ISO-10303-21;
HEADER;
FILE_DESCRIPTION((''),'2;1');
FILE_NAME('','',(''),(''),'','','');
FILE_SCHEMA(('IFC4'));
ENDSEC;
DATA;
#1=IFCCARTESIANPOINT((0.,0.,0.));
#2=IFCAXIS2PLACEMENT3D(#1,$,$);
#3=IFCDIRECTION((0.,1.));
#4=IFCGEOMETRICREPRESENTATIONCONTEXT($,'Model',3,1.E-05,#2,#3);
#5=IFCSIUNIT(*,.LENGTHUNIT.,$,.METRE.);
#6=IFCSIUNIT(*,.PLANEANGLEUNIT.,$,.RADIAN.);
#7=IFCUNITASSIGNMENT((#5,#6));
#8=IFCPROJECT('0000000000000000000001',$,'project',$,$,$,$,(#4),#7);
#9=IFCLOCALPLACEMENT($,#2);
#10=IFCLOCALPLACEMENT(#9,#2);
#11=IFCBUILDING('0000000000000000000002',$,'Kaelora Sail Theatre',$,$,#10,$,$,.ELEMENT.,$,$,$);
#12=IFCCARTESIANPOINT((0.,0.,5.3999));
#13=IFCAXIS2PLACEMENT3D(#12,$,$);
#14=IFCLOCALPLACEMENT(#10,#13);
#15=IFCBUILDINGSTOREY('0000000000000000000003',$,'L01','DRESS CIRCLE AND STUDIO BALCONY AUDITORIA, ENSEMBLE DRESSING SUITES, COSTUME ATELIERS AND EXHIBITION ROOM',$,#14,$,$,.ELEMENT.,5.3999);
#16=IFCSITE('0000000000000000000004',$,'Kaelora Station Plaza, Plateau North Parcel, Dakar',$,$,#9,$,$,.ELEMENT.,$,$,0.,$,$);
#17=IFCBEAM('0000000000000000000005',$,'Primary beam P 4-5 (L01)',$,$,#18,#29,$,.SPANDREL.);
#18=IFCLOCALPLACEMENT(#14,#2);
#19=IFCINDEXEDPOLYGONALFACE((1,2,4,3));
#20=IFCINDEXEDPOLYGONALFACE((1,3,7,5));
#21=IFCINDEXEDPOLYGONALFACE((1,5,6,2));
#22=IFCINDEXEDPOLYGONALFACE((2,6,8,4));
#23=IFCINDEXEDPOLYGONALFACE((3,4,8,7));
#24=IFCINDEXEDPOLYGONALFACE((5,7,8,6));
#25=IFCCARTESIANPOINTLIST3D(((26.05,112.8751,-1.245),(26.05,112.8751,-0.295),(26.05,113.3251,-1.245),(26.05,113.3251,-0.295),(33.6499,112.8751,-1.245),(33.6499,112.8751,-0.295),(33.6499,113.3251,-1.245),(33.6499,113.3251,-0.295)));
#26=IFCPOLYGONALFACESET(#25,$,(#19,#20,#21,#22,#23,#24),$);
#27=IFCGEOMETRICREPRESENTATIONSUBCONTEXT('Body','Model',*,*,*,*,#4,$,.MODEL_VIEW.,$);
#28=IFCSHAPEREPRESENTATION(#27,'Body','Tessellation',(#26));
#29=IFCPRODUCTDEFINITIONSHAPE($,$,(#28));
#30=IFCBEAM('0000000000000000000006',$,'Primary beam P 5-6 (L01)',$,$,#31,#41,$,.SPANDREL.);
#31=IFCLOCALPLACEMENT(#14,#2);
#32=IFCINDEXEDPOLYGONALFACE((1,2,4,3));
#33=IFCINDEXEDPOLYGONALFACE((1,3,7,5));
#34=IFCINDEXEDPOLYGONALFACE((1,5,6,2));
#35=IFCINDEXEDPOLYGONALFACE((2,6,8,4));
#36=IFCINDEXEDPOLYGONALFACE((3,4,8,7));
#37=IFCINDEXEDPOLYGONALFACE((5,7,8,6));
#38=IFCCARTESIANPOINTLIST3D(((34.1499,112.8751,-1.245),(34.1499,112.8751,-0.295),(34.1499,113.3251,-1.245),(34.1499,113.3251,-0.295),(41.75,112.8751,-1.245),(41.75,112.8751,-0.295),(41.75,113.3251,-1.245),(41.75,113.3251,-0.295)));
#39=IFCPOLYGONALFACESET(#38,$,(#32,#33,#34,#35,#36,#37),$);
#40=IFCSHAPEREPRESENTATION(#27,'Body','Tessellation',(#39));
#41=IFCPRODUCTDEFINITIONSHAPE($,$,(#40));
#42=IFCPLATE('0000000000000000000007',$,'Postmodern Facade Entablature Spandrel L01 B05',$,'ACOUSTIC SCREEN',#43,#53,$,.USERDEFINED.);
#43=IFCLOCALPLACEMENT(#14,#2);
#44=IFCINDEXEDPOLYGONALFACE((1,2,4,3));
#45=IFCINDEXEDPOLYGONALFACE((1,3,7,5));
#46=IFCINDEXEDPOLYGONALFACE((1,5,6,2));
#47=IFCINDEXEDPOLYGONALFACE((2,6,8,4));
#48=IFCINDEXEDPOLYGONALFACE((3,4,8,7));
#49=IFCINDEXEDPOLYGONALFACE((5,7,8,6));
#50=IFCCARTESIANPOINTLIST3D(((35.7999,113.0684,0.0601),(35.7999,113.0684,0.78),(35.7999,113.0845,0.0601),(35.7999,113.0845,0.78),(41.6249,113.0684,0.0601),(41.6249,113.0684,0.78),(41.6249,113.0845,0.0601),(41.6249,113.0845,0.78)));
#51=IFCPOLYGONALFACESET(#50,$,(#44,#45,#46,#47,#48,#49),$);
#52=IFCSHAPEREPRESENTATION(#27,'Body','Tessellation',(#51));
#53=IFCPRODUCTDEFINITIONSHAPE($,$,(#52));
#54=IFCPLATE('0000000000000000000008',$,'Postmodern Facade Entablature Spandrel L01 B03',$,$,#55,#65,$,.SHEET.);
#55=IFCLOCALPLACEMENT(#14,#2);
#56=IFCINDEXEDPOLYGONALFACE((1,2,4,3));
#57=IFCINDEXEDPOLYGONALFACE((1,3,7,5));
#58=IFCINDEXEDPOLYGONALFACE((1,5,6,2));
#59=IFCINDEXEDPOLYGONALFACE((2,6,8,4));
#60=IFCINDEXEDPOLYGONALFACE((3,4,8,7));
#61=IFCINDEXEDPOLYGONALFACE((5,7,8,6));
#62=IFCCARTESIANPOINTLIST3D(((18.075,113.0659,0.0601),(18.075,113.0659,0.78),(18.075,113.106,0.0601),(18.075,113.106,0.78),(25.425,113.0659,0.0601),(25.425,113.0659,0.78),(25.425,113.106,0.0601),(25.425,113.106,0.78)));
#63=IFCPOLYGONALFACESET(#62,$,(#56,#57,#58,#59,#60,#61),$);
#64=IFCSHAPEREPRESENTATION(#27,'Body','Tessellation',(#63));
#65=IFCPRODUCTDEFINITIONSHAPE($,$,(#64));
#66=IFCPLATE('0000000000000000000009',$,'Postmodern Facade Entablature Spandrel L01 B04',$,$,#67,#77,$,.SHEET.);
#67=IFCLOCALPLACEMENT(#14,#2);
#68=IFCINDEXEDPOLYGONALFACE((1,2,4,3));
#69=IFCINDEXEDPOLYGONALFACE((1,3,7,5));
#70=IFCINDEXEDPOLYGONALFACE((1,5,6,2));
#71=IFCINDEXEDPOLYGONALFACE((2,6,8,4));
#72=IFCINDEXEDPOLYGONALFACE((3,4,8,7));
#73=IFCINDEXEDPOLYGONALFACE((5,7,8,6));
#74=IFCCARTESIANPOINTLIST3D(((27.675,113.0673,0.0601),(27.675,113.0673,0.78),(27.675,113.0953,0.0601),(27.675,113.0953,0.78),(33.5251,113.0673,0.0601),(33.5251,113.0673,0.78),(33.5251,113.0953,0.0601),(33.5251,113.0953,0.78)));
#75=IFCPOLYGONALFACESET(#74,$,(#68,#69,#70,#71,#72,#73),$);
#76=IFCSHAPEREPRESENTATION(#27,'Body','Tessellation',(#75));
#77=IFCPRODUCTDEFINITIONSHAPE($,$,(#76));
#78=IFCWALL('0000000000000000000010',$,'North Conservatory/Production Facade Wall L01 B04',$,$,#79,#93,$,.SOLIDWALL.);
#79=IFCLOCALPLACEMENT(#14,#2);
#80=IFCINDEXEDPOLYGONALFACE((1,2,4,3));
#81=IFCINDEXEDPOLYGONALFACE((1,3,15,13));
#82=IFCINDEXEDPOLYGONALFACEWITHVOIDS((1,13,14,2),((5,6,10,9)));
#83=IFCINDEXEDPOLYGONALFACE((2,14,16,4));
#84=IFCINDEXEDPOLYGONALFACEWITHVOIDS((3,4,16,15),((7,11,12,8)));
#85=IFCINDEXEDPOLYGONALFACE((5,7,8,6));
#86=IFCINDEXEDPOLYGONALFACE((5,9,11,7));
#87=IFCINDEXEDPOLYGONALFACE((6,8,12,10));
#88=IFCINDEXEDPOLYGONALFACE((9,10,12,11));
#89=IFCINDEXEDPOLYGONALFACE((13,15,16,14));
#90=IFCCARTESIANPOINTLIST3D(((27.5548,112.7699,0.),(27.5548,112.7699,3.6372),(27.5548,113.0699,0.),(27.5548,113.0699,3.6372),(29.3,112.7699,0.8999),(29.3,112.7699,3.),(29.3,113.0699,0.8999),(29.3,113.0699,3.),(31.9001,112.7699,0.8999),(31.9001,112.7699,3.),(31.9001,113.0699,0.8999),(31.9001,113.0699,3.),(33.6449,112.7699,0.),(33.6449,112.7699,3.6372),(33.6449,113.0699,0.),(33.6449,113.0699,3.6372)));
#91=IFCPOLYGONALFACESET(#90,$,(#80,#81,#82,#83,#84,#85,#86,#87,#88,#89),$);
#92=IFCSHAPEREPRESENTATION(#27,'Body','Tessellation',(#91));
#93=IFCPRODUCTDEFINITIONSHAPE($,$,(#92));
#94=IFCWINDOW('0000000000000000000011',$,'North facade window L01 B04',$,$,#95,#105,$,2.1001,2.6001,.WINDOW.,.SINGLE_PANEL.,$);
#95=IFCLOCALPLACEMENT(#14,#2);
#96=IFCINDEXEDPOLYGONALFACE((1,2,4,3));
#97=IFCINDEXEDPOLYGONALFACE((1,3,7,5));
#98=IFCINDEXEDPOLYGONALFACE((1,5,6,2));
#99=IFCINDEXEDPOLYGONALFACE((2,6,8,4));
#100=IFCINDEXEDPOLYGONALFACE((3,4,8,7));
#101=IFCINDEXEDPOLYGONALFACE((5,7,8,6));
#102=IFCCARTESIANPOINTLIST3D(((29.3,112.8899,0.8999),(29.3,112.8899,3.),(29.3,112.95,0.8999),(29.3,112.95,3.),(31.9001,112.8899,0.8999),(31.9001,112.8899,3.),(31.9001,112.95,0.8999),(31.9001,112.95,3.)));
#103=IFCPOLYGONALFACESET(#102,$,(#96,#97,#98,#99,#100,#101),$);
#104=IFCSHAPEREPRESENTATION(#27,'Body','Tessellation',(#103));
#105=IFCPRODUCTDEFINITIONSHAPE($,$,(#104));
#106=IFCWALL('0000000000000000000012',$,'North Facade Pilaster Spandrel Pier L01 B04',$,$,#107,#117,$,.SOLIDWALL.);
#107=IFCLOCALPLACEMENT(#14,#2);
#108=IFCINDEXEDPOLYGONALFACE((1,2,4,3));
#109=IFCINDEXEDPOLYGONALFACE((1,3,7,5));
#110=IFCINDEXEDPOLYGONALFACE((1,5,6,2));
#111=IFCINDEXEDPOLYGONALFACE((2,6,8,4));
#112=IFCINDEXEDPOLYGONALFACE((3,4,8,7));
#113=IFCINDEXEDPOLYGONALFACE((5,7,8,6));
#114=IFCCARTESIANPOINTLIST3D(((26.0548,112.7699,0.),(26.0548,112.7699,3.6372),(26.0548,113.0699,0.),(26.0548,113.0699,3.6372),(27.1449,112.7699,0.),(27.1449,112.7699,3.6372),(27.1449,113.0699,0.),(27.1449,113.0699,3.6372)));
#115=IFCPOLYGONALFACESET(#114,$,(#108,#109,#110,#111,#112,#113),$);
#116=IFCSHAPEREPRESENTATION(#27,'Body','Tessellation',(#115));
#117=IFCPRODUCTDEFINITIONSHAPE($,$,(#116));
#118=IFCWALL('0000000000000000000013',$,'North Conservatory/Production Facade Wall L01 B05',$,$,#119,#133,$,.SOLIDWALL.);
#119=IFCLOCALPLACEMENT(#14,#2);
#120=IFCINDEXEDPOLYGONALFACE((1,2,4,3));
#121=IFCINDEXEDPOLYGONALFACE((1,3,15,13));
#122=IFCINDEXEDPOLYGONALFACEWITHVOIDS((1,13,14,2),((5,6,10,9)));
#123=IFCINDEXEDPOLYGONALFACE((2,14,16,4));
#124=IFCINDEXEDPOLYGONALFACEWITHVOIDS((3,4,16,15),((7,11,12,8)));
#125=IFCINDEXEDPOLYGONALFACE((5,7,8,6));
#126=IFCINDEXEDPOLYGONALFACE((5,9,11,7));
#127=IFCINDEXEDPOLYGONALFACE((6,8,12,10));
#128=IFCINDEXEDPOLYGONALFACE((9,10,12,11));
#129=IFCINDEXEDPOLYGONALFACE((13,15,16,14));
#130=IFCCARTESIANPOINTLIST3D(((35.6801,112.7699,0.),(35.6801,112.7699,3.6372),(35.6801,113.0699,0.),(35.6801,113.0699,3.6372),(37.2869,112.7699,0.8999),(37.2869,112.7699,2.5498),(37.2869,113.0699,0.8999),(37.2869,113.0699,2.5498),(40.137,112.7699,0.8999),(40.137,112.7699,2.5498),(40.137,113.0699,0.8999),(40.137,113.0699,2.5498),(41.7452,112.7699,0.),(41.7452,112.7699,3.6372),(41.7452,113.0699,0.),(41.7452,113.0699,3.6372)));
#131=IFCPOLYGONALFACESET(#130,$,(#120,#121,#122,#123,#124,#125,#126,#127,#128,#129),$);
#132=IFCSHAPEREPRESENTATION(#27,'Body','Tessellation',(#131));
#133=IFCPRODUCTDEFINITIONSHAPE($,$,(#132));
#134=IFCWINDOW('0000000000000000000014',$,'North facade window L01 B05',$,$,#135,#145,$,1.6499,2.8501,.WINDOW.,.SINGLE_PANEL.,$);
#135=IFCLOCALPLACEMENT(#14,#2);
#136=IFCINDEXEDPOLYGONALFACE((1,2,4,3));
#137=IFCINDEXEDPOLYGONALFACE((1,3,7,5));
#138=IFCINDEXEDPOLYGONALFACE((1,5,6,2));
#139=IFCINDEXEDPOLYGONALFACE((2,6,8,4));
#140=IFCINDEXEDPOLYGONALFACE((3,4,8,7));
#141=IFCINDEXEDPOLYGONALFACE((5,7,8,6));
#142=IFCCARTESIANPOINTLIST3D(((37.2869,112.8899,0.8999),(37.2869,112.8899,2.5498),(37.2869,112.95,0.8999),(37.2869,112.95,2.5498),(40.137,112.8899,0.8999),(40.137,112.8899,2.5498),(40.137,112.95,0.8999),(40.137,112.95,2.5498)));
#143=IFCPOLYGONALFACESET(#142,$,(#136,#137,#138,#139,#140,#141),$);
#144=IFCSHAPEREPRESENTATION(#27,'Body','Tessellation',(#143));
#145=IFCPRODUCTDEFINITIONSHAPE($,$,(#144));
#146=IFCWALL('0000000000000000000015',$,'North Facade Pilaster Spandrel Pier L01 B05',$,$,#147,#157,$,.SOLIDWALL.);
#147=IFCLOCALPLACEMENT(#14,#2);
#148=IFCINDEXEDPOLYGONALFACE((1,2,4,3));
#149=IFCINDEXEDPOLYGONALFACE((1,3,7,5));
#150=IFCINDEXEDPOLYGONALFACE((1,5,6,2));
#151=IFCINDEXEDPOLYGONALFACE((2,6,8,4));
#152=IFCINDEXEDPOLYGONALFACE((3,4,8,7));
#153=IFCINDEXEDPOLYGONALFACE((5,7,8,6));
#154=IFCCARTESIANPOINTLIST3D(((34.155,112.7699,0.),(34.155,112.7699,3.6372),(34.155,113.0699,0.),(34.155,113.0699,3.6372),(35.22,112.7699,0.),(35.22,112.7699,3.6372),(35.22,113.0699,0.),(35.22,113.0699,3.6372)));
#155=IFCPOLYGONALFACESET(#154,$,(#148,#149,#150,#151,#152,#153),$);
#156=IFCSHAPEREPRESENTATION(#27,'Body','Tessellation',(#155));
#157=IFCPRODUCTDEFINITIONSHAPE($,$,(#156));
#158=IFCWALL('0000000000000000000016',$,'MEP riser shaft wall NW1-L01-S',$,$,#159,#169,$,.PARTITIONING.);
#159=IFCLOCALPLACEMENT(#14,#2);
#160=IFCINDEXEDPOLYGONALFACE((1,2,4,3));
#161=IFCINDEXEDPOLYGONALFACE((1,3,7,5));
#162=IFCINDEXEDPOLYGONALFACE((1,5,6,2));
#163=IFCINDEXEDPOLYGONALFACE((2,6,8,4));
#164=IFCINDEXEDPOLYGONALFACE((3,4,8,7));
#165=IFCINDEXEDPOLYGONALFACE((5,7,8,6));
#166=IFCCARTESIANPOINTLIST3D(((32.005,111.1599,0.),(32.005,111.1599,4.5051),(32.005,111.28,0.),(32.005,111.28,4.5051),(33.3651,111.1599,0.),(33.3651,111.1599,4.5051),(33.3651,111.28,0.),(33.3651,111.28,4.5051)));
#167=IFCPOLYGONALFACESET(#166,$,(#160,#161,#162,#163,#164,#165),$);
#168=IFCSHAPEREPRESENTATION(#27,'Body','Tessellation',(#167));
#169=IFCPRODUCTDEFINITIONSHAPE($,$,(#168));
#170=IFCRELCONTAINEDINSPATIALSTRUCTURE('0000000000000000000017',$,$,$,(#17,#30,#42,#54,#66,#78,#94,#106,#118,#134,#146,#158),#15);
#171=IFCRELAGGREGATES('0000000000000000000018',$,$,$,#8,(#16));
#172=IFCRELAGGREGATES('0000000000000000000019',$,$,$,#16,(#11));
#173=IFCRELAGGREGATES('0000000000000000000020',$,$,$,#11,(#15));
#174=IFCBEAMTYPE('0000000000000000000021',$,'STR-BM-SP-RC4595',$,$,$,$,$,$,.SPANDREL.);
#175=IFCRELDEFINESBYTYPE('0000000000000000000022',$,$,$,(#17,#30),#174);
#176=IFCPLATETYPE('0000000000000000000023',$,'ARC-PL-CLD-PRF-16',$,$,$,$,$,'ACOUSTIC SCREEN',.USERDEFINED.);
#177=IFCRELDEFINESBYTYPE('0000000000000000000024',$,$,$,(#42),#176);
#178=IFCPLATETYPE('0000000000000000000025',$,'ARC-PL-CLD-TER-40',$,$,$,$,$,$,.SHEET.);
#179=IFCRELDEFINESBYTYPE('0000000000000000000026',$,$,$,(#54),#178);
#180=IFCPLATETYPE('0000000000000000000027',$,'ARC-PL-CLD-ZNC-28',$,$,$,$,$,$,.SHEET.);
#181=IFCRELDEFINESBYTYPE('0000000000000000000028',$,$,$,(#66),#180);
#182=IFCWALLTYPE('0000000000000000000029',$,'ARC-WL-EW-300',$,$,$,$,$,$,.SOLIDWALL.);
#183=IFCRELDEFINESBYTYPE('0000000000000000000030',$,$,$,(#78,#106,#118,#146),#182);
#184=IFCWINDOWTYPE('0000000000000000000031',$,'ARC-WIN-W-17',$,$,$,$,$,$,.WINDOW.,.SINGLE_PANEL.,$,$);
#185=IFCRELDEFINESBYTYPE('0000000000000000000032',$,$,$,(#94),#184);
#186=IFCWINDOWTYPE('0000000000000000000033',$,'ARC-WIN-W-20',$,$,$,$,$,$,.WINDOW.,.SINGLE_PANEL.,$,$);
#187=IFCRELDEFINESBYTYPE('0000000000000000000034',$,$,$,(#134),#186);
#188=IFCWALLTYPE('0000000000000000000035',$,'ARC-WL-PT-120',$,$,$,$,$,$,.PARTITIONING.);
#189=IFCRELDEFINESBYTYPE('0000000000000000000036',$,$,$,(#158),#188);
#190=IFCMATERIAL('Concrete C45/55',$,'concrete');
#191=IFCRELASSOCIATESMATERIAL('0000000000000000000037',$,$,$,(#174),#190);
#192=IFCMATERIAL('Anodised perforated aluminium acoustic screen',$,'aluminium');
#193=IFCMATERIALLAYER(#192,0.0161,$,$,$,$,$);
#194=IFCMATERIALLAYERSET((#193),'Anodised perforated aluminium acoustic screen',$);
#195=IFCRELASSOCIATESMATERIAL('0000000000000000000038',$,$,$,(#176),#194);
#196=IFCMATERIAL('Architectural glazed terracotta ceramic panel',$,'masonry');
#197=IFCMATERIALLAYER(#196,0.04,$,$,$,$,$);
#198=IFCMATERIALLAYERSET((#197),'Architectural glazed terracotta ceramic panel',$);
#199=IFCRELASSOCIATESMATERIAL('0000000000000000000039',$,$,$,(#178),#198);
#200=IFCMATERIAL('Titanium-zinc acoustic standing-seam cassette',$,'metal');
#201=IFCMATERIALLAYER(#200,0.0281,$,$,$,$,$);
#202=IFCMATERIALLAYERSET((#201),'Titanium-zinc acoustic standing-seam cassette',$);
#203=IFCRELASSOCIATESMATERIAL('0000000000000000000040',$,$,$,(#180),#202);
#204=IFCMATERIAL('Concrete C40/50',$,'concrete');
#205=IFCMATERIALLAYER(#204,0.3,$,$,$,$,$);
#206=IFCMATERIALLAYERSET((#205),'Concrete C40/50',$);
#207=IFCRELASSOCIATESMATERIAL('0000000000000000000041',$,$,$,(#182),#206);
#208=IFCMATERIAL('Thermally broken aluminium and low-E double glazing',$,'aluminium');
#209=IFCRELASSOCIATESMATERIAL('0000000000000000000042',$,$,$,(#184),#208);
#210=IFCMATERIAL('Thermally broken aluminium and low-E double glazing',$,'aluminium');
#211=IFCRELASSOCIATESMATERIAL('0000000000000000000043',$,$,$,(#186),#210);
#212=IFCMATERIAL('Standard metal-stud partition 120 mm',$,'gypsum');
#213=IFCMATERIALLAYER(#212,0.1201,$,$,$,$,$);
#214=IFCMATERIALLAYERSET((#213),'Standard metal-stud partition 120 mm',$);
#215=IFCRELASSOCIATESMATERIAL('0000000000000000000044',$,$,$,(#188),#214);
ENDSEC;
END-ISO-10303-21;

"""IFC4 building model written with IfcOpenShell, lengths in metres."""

from ifc_helpers import new_model, si_unit, direction, frame, frame_2d, origin, origin_2d, place, context, subcontext, project, spatial, rectangle, extrude, material, layer, layer_set, material_profile, profile_set, type_object, element, fill, save


model = new_model("IFC4")

# Units and contexts
model_context = context("Model", 3, precision=1e-05, world=origin(), true_north=direction((0.0, 1.0)))
body_context = subcontext(model_context, "Body", "Model", "MODEL_VIEW")
ifc_project = project(units=[si_unit("LENGTHUNIT", "METRE"), si_unit("PLANEANGLEUNIT", "RADIAN")], contexts=[model_context])

# Site, building, storey
site_placement = place(None, origin())
site = spatial("IfcSite", under=ifc_project, at=site_placement, Name="Kaelora Station Plaza, Plateau North Parcel, Dakar", CompositionType="ELEMENT", RefElevation=0.0)
building_placement = place(site_placement, origin())
building = spatial("IfcBuilding", under=site, at=building_placement, Name="Kaelora Sail Theatre", CompositionType="ELEMENT")
storey_placement = place(building_placement, frame((0.0, 0.0, 5.3999)))
storey = spatial("IfcBuildingStorey", under=building, at=storey_placement, Name="L01", Description="DRESS CIRCLE AND STUDIO BALCONY AUDITORIA, ENSEMBLE DRESSING SUITES, COSTUME ATELIERS AND EXHIBITION ROOM", CompositionType="ELEMENT", Elevation=5.3999)

# Beams
ifc_material_1 = material(Name="Concrete C45/55", Category="concrete")
ifc_material_profile_1 = material_profile(ifc_material_1, rectangle(XDim=0.45, YDim=0.95, at=origin_2d()), Name="RC-SPN 450x950")
ifc_profile_set_1 = profile_set([ifc_material_profile_1], Name="Concrete C45/55")
beam_type_1 = type_object("IfcBeamType", Name="STR-BM-SP-RC4595", PredefinedType="SPANDREL", material=ifc_profile_set_1)
beam_1_placement = place(storey_placement, frame((26.05, 113.1001, -0.77), z_axis=(1.0, 0.0, 0.0), x_axis=(0.0, 1.0, 0.0)))
element("IfcBeam", 1, at=beam_1_placement, inside=storey, type_object=beam_type_1, Name="Primary beam P 4-5 (L01)", PredefinedType="SPANDREL", context=body_context, shape_type="SweptSolid", body=[
    extrude(rectangle(XDim=0.45, YDim=0.95, at=origin_2d()), origin(), (0.0, 0.0, 1.0), 7.5999),
])
beam_2_placement = place(storey_placement, frame((34.1499, 113.1001, -0.77), z_axis=(1.0, 0.0, 0.0), x_axis=(0.0, 1.0, 0.0)))
element("IfcBeam", 2, at=beam_2_placement, inside=storey, type_object=beam_type_1, Name="Primary beam P 5-6 (L01)", PredefinedType="SPANDREL", context=body_context, shape_type="SweptSolid", body=[
    extrude(rectangle(XDim=0.45, YDim=0.95, at=origin_2d()), origin(), (0.0, 0.0, 1.0), 7.6001),
])

# Plates
ifc_material_2 = material(Name="Anodised perforated aluminium acoustic screen", Category="aluminium")
ifc_layer_1 = layer(ifc_material_2, 0.0161)
ifc_layer_set_1 = layer_set([ifc_layer_1], Name="Anodised perforated aluminium acoustic screen")
plate_type_1 = type_object("IfcPlateType", Name="ARC-PL-CLD-PRF-16", ElementType="ACOUSTIC SCREEN", PredefinedType="USERDEFINED", material=ifc_layer_set_1)
plate_1_placement = place(storey_placement, frame((38.7124, 113.0764, 0.0601), z_axis=(0.0, 0.0, 1.0), x_axis=(1.0, 0.0, 0.0)))
element("IfcPlate", 3, at=plate_1_placement, inside=storey, type_object=plate_type_1, Name="Postmodern Facade Entablature Spandrel L01 B05", ObjectType="ACOUSTIC SCREEN", PredefinedType="USERDEFINED", context=body_context, shape_type="SweptSolid", body=[
    extrude(rectangle(XDim=5.825, YDim=0.0161, at=origin_2d()), origin(), (0.0, 0.0, 1.0), 0.72),
])
ifc_material_3 = material(Name="Architectural glazed terracotta ceramic panel", Category="masonry")
ifc_layer_2 = layer(ifc_material_3, 0.04)
ifc_layer_set_2 = layer_set([ifc_layer_2], Name="Architectural glazed terracotta ceramic panel")
plate_type_2 = type_object("IfcPlateType", Name="ARC-PL-CLD-TER-40", PredefinedType="SHEET", material=ifc_layer_set_2)
plate_2_placement = place(storey_placement, frame((21.75, 113.0859, 0.0601), z_axis=(0.0, 0.0, 1.0), x_axis=(1.0, 0.0, 0.0)))
element("IfcPlate", 4, at=plate_2_placement, inside=storey, type_object=plate_type_2, Name="Postmodern Facade Entablature Spandrel L01 B03", PredefinedType="SHEET", context=body_context, shape_type="SweptSolid", body=[
    extrude(rectangle(XDim=7.3501, YDim=0.04, at=origin_2d()), origin(), (0.0, 0.0, 1.0), 0.72),
])
ifc_material_4 = material(Name="Titanium-zinc acoustic standing-seam cassette", Category="metal")
ifc_layer_3 = layer(ifc_material_4, 0.0281)
ifc_layer_set_3 = layer_set([ifc_layer_3], Name="Titanium-zinc acoustic standing-seam cassette")
plate_type_3 = type_object("IfcPlateType", Name="ARC-PL-CLD-ZNC-28", PredefinedType="SHEET", material=ifc_layer_set_3)
plate_3_placement = place(storey_placement, frame((30.6001, 113.0813, 0.0601), z_axis=(0.0, 0.0, 1.0), x_axis=(1.0, 0.0, 0.0)))
element("IfcPlate", 5, at=plate_3_placement, inside=storey, type_object=plate_type_3, Name="Postmodern Facade Entablature Spandrel L01 B04", PredefinedType="SHEET", context=body_context, shape_type="SweptSolid", body=[
    extrude(rectangle(XDim=5.8501, YDim=0.0281, at=origin_2d()), origin(), (0.0, 0.0, 1.0), 0.72),
])

# Wall, opening, window
ifc_material_5 = material(Name="Concrete C40/50", Category="concrete")
ifc_layer_4 = layer(ifc_material_5, 0.3)
ifc_layer_set_4 = layer_set([ifc_layer_4], Name="Concrete C40/50")
wall_type_1 = type_object("IfcWallType", Name="ARC-WL-EW-300", PredefinedType="SOLIDWALL", material=ifc_layer_set_4)
wall_1_placement = place(storey_placement, frame((27.5549, 112.9199, 0.0), z_axis=(0.0, 0.0, 1.0), x_axis=(1.0, 0.0, 0.0)))
wall_1 = element("IfcWall", 6, at=wall_1_placement, inside=storey, type_object=wall_type_1, Name="North Conservatory/Production Facade Wall L01 B04", PredefinedType="SOLIDWALL", context=body_context, shape_type="SweptSolid", body=[
    extrude(rectangle(XDim=6.0901, YDim=0.3, at=frame_2d((3.0449, 0.0))), origin(), (0.0, 0.0, 1.0), 3.6372),
])
opening_1_placement = place(wall_1_placement, frame((1.7451, 0.0, 0.8999)))
opening_1 = element("IfcOpeningElement", 7, at=opening_1_placement, cuts=wall_1, PredefinedType="OPENING", context=body_context, shape_type="SweptSolid", body=[
    extrude(rectangle(XDim=2.6001, YDim=2.1001, at=frame_2d((1.3, 1.05))), frame((0.0, 0.1599, 0.0), z_axis=(0.0, -1.0, 0.0), x_axis=(1.0, 0.0, 0.0)), (0.0, 0.0, 1.0), 0.32),
])
ifc_material_6 = material(Name="Thermally broken aluminium and low-E double glazing", Category="aluminium")
window_type_1 = type_object("IfcWindowType", Name="ARC-WIN-W-17", PartitioningType="SINGLE_PANEL", PredefinedType="WINDOW", material=ifc_material_6)
window_1_placement = place(opening_1_placement, origin())
window_1 = element("IfcWindow", 8, at=window_1_placement, inside=storey, type_object=window_type_1, Name="North facade window L01 B04", OverallHeight=2.1001, OverallWidth=2.6001, PartitioningType="SINGLE_PANEL", PredefinedType="WINDOW", context=body_context, shape_type="SweptSolid", body=[
    extrude(rectangle(XDim=2.6001, YDim=2.1001, at=frame_2d((1.3, 1.05))), frame((0.0, 0.03, 0.0), z_axis=(0.0, -1.0, 0.0), x_axis=(1.0, 0.0, 0.0)), (0.0, 0.0, 1.0), 0.0601),
])
fill(opening_1, window_1)

# Wall
wall_2_placement = place(storey_placement, frame((26.0549, 112.9199, 0.0), z_axis=(0.0, 0.0, 1.0), x_axis=(1.0, 0.0, 0.0)))
element("IfcWall", 9, at=wall_2_placement, inside=storey, type_object=wall_type_1, Name="North Facade Pilaster Spandrel Pier L01 B04", PredefinedType="SOLIDWALL", context=body_context, shape_type="SweptSolid", body=[
    extrude(rectangle(XDim=1.0901, YDim=0.3, at=frame_2d((0.5449, 0.0))), origin(), (0.0, 0.0, 1.0), 3.6372),
])

# Wall, opening, window
wall_3_placement = place(storey_placement, frame((35.6799, 112.9199, 0.0), z_axis=(0.0, 0.0, 1.0), x_axis=(1.0, 0.0, 0.0)))
wall_3 = element("IfcWall", 10, at=wall_3_placement, inside=storey, type_object=wall_type_1, Name="North Conservatory/Production Facade Wall L01 B05", PredefinedType="SOLIDWALL", context=body_context, shape_type="SweptSolid", body=[
    extrude(rectangle(XDim=6.0652, YDim=0.3, at=frame_2d((3.0327, 0.0))), origin(), (0.0, 0.0, 1.0), 3.6372),
])
opening_2_placement = place(wall_3_placement, frame((1.6069, 0.0, 0.8999)))
opening_2 = element("IfcOpeningElement", 11, at=opening_2_placement, cuts=wall_3, PredefinedType="OPENING", context=body_context, shape_type="SweptSolid", body=[
    extrude(rectangle(XDim=2.8501, YDim=1.6499, at=frame_2d((1.425, 0.825))), frame((0.0, 0.1599, 0.0), z_axis=(0.0, -1.0, 0.0), x_axis=(1.0, 0.0, 0.0)), (0.0, 0.0, 1.0), 0.32),
])
ifc_material_7 = material(Name="Thermally broken aluminium and low-E double glazing", Category="aluminium")
window_type_2 = type_object("IfcWindowType", Name="ARC-WIN-W-20", PartitioningType="SINGLE_PANEL", PredefinedType="WINDOW", material=ifc_material_7)
window_2_placement = place(opening_2_placement, origin())
window_2 = element("IfcWindow", 12, at=window_2_placement, inside=storey, type_object=window_type_2, Name="North facade window L01 B05", OverallHeight=1.6499, OverallWidth=2.8501, PartitioningType="SINGLE_PANEL", PredefinedType="WINDOW", context=body_context, shape_type="SweptSolid", body=[
    extrude(rectangle(XDim=2.8501, YDim=1.6499, at=frame_2d((1.425, 0.825))), frame((0.0, 0.03, 0.0), z_axis=(0.0, -1.0, 0.0), x_axis=(1.0, 0.0, 0.0)), (0.0, 0.0, 1.0), 0.0601),
])
fill(opening_2, window_2)

# Walls
wall_4_placement = place(storey_placement, frame((34.155, 112.9199, 0.0), z_axis=(0.0, 0.0, 1.0), x_axis=(1.0, 0.0, 0.0)))
element("IfcWall", 13, at=wall_4_placement, inside=storey, type_object=wall_type_1, Name="North Facade Pilaster Spandrel Pier L01 B05", PredefinedType="SOLIDWALL", context=body_context, shape_type="SweptSolid", body=[
    extrude(rectangle(XDim=1.0649, YDim=0.3, at=frame_2d((0.5325, 0.0))), origin(), (0.0, 0.0, 1.0), 3.6372),
])
ifc_material_8 = material(Name="Standard metal-stud partition 120 mm", Category="gypsum")
ifc_layer_5 = layer(ifc_material_8, 0.1201)
ifc_layer_set_5 = layer_set([ifc_layer_5], Name="Standard metal-stud partition 120 mm")
wall_type_2 = type_object("IfcWallType", Name="ARC-WL-PT-120", PredefinedType="PARTITIONING", material=ifc_layer_set_5)
for number, where, z_axis, x_axis, name in (
    (14, (32.0049, 111.22, 0.0), (0.0, 0.0, 1.0), (1.0, 0.0, 0.0), "MEP riser shaft wall NW1-L01-S"),
):
    element("IfcWall", number, at=place(storey_placement, frame(where, z_axis=z_axis, x_axis=x_axis)), inside=storey, type_object=wall_type_2, Name=name, PredefinedType="PARTITIONING", context=body_context, shape_type="SweptSolid", body=[
        extrude(rectangle(XDim=1.3601, YDim=0.1201, at=frame_2d((0.6802, 0.0))), origin(), (0.0, 0.0, 1.0), 4.5051),
    ])

save(model, "model.ifc")
